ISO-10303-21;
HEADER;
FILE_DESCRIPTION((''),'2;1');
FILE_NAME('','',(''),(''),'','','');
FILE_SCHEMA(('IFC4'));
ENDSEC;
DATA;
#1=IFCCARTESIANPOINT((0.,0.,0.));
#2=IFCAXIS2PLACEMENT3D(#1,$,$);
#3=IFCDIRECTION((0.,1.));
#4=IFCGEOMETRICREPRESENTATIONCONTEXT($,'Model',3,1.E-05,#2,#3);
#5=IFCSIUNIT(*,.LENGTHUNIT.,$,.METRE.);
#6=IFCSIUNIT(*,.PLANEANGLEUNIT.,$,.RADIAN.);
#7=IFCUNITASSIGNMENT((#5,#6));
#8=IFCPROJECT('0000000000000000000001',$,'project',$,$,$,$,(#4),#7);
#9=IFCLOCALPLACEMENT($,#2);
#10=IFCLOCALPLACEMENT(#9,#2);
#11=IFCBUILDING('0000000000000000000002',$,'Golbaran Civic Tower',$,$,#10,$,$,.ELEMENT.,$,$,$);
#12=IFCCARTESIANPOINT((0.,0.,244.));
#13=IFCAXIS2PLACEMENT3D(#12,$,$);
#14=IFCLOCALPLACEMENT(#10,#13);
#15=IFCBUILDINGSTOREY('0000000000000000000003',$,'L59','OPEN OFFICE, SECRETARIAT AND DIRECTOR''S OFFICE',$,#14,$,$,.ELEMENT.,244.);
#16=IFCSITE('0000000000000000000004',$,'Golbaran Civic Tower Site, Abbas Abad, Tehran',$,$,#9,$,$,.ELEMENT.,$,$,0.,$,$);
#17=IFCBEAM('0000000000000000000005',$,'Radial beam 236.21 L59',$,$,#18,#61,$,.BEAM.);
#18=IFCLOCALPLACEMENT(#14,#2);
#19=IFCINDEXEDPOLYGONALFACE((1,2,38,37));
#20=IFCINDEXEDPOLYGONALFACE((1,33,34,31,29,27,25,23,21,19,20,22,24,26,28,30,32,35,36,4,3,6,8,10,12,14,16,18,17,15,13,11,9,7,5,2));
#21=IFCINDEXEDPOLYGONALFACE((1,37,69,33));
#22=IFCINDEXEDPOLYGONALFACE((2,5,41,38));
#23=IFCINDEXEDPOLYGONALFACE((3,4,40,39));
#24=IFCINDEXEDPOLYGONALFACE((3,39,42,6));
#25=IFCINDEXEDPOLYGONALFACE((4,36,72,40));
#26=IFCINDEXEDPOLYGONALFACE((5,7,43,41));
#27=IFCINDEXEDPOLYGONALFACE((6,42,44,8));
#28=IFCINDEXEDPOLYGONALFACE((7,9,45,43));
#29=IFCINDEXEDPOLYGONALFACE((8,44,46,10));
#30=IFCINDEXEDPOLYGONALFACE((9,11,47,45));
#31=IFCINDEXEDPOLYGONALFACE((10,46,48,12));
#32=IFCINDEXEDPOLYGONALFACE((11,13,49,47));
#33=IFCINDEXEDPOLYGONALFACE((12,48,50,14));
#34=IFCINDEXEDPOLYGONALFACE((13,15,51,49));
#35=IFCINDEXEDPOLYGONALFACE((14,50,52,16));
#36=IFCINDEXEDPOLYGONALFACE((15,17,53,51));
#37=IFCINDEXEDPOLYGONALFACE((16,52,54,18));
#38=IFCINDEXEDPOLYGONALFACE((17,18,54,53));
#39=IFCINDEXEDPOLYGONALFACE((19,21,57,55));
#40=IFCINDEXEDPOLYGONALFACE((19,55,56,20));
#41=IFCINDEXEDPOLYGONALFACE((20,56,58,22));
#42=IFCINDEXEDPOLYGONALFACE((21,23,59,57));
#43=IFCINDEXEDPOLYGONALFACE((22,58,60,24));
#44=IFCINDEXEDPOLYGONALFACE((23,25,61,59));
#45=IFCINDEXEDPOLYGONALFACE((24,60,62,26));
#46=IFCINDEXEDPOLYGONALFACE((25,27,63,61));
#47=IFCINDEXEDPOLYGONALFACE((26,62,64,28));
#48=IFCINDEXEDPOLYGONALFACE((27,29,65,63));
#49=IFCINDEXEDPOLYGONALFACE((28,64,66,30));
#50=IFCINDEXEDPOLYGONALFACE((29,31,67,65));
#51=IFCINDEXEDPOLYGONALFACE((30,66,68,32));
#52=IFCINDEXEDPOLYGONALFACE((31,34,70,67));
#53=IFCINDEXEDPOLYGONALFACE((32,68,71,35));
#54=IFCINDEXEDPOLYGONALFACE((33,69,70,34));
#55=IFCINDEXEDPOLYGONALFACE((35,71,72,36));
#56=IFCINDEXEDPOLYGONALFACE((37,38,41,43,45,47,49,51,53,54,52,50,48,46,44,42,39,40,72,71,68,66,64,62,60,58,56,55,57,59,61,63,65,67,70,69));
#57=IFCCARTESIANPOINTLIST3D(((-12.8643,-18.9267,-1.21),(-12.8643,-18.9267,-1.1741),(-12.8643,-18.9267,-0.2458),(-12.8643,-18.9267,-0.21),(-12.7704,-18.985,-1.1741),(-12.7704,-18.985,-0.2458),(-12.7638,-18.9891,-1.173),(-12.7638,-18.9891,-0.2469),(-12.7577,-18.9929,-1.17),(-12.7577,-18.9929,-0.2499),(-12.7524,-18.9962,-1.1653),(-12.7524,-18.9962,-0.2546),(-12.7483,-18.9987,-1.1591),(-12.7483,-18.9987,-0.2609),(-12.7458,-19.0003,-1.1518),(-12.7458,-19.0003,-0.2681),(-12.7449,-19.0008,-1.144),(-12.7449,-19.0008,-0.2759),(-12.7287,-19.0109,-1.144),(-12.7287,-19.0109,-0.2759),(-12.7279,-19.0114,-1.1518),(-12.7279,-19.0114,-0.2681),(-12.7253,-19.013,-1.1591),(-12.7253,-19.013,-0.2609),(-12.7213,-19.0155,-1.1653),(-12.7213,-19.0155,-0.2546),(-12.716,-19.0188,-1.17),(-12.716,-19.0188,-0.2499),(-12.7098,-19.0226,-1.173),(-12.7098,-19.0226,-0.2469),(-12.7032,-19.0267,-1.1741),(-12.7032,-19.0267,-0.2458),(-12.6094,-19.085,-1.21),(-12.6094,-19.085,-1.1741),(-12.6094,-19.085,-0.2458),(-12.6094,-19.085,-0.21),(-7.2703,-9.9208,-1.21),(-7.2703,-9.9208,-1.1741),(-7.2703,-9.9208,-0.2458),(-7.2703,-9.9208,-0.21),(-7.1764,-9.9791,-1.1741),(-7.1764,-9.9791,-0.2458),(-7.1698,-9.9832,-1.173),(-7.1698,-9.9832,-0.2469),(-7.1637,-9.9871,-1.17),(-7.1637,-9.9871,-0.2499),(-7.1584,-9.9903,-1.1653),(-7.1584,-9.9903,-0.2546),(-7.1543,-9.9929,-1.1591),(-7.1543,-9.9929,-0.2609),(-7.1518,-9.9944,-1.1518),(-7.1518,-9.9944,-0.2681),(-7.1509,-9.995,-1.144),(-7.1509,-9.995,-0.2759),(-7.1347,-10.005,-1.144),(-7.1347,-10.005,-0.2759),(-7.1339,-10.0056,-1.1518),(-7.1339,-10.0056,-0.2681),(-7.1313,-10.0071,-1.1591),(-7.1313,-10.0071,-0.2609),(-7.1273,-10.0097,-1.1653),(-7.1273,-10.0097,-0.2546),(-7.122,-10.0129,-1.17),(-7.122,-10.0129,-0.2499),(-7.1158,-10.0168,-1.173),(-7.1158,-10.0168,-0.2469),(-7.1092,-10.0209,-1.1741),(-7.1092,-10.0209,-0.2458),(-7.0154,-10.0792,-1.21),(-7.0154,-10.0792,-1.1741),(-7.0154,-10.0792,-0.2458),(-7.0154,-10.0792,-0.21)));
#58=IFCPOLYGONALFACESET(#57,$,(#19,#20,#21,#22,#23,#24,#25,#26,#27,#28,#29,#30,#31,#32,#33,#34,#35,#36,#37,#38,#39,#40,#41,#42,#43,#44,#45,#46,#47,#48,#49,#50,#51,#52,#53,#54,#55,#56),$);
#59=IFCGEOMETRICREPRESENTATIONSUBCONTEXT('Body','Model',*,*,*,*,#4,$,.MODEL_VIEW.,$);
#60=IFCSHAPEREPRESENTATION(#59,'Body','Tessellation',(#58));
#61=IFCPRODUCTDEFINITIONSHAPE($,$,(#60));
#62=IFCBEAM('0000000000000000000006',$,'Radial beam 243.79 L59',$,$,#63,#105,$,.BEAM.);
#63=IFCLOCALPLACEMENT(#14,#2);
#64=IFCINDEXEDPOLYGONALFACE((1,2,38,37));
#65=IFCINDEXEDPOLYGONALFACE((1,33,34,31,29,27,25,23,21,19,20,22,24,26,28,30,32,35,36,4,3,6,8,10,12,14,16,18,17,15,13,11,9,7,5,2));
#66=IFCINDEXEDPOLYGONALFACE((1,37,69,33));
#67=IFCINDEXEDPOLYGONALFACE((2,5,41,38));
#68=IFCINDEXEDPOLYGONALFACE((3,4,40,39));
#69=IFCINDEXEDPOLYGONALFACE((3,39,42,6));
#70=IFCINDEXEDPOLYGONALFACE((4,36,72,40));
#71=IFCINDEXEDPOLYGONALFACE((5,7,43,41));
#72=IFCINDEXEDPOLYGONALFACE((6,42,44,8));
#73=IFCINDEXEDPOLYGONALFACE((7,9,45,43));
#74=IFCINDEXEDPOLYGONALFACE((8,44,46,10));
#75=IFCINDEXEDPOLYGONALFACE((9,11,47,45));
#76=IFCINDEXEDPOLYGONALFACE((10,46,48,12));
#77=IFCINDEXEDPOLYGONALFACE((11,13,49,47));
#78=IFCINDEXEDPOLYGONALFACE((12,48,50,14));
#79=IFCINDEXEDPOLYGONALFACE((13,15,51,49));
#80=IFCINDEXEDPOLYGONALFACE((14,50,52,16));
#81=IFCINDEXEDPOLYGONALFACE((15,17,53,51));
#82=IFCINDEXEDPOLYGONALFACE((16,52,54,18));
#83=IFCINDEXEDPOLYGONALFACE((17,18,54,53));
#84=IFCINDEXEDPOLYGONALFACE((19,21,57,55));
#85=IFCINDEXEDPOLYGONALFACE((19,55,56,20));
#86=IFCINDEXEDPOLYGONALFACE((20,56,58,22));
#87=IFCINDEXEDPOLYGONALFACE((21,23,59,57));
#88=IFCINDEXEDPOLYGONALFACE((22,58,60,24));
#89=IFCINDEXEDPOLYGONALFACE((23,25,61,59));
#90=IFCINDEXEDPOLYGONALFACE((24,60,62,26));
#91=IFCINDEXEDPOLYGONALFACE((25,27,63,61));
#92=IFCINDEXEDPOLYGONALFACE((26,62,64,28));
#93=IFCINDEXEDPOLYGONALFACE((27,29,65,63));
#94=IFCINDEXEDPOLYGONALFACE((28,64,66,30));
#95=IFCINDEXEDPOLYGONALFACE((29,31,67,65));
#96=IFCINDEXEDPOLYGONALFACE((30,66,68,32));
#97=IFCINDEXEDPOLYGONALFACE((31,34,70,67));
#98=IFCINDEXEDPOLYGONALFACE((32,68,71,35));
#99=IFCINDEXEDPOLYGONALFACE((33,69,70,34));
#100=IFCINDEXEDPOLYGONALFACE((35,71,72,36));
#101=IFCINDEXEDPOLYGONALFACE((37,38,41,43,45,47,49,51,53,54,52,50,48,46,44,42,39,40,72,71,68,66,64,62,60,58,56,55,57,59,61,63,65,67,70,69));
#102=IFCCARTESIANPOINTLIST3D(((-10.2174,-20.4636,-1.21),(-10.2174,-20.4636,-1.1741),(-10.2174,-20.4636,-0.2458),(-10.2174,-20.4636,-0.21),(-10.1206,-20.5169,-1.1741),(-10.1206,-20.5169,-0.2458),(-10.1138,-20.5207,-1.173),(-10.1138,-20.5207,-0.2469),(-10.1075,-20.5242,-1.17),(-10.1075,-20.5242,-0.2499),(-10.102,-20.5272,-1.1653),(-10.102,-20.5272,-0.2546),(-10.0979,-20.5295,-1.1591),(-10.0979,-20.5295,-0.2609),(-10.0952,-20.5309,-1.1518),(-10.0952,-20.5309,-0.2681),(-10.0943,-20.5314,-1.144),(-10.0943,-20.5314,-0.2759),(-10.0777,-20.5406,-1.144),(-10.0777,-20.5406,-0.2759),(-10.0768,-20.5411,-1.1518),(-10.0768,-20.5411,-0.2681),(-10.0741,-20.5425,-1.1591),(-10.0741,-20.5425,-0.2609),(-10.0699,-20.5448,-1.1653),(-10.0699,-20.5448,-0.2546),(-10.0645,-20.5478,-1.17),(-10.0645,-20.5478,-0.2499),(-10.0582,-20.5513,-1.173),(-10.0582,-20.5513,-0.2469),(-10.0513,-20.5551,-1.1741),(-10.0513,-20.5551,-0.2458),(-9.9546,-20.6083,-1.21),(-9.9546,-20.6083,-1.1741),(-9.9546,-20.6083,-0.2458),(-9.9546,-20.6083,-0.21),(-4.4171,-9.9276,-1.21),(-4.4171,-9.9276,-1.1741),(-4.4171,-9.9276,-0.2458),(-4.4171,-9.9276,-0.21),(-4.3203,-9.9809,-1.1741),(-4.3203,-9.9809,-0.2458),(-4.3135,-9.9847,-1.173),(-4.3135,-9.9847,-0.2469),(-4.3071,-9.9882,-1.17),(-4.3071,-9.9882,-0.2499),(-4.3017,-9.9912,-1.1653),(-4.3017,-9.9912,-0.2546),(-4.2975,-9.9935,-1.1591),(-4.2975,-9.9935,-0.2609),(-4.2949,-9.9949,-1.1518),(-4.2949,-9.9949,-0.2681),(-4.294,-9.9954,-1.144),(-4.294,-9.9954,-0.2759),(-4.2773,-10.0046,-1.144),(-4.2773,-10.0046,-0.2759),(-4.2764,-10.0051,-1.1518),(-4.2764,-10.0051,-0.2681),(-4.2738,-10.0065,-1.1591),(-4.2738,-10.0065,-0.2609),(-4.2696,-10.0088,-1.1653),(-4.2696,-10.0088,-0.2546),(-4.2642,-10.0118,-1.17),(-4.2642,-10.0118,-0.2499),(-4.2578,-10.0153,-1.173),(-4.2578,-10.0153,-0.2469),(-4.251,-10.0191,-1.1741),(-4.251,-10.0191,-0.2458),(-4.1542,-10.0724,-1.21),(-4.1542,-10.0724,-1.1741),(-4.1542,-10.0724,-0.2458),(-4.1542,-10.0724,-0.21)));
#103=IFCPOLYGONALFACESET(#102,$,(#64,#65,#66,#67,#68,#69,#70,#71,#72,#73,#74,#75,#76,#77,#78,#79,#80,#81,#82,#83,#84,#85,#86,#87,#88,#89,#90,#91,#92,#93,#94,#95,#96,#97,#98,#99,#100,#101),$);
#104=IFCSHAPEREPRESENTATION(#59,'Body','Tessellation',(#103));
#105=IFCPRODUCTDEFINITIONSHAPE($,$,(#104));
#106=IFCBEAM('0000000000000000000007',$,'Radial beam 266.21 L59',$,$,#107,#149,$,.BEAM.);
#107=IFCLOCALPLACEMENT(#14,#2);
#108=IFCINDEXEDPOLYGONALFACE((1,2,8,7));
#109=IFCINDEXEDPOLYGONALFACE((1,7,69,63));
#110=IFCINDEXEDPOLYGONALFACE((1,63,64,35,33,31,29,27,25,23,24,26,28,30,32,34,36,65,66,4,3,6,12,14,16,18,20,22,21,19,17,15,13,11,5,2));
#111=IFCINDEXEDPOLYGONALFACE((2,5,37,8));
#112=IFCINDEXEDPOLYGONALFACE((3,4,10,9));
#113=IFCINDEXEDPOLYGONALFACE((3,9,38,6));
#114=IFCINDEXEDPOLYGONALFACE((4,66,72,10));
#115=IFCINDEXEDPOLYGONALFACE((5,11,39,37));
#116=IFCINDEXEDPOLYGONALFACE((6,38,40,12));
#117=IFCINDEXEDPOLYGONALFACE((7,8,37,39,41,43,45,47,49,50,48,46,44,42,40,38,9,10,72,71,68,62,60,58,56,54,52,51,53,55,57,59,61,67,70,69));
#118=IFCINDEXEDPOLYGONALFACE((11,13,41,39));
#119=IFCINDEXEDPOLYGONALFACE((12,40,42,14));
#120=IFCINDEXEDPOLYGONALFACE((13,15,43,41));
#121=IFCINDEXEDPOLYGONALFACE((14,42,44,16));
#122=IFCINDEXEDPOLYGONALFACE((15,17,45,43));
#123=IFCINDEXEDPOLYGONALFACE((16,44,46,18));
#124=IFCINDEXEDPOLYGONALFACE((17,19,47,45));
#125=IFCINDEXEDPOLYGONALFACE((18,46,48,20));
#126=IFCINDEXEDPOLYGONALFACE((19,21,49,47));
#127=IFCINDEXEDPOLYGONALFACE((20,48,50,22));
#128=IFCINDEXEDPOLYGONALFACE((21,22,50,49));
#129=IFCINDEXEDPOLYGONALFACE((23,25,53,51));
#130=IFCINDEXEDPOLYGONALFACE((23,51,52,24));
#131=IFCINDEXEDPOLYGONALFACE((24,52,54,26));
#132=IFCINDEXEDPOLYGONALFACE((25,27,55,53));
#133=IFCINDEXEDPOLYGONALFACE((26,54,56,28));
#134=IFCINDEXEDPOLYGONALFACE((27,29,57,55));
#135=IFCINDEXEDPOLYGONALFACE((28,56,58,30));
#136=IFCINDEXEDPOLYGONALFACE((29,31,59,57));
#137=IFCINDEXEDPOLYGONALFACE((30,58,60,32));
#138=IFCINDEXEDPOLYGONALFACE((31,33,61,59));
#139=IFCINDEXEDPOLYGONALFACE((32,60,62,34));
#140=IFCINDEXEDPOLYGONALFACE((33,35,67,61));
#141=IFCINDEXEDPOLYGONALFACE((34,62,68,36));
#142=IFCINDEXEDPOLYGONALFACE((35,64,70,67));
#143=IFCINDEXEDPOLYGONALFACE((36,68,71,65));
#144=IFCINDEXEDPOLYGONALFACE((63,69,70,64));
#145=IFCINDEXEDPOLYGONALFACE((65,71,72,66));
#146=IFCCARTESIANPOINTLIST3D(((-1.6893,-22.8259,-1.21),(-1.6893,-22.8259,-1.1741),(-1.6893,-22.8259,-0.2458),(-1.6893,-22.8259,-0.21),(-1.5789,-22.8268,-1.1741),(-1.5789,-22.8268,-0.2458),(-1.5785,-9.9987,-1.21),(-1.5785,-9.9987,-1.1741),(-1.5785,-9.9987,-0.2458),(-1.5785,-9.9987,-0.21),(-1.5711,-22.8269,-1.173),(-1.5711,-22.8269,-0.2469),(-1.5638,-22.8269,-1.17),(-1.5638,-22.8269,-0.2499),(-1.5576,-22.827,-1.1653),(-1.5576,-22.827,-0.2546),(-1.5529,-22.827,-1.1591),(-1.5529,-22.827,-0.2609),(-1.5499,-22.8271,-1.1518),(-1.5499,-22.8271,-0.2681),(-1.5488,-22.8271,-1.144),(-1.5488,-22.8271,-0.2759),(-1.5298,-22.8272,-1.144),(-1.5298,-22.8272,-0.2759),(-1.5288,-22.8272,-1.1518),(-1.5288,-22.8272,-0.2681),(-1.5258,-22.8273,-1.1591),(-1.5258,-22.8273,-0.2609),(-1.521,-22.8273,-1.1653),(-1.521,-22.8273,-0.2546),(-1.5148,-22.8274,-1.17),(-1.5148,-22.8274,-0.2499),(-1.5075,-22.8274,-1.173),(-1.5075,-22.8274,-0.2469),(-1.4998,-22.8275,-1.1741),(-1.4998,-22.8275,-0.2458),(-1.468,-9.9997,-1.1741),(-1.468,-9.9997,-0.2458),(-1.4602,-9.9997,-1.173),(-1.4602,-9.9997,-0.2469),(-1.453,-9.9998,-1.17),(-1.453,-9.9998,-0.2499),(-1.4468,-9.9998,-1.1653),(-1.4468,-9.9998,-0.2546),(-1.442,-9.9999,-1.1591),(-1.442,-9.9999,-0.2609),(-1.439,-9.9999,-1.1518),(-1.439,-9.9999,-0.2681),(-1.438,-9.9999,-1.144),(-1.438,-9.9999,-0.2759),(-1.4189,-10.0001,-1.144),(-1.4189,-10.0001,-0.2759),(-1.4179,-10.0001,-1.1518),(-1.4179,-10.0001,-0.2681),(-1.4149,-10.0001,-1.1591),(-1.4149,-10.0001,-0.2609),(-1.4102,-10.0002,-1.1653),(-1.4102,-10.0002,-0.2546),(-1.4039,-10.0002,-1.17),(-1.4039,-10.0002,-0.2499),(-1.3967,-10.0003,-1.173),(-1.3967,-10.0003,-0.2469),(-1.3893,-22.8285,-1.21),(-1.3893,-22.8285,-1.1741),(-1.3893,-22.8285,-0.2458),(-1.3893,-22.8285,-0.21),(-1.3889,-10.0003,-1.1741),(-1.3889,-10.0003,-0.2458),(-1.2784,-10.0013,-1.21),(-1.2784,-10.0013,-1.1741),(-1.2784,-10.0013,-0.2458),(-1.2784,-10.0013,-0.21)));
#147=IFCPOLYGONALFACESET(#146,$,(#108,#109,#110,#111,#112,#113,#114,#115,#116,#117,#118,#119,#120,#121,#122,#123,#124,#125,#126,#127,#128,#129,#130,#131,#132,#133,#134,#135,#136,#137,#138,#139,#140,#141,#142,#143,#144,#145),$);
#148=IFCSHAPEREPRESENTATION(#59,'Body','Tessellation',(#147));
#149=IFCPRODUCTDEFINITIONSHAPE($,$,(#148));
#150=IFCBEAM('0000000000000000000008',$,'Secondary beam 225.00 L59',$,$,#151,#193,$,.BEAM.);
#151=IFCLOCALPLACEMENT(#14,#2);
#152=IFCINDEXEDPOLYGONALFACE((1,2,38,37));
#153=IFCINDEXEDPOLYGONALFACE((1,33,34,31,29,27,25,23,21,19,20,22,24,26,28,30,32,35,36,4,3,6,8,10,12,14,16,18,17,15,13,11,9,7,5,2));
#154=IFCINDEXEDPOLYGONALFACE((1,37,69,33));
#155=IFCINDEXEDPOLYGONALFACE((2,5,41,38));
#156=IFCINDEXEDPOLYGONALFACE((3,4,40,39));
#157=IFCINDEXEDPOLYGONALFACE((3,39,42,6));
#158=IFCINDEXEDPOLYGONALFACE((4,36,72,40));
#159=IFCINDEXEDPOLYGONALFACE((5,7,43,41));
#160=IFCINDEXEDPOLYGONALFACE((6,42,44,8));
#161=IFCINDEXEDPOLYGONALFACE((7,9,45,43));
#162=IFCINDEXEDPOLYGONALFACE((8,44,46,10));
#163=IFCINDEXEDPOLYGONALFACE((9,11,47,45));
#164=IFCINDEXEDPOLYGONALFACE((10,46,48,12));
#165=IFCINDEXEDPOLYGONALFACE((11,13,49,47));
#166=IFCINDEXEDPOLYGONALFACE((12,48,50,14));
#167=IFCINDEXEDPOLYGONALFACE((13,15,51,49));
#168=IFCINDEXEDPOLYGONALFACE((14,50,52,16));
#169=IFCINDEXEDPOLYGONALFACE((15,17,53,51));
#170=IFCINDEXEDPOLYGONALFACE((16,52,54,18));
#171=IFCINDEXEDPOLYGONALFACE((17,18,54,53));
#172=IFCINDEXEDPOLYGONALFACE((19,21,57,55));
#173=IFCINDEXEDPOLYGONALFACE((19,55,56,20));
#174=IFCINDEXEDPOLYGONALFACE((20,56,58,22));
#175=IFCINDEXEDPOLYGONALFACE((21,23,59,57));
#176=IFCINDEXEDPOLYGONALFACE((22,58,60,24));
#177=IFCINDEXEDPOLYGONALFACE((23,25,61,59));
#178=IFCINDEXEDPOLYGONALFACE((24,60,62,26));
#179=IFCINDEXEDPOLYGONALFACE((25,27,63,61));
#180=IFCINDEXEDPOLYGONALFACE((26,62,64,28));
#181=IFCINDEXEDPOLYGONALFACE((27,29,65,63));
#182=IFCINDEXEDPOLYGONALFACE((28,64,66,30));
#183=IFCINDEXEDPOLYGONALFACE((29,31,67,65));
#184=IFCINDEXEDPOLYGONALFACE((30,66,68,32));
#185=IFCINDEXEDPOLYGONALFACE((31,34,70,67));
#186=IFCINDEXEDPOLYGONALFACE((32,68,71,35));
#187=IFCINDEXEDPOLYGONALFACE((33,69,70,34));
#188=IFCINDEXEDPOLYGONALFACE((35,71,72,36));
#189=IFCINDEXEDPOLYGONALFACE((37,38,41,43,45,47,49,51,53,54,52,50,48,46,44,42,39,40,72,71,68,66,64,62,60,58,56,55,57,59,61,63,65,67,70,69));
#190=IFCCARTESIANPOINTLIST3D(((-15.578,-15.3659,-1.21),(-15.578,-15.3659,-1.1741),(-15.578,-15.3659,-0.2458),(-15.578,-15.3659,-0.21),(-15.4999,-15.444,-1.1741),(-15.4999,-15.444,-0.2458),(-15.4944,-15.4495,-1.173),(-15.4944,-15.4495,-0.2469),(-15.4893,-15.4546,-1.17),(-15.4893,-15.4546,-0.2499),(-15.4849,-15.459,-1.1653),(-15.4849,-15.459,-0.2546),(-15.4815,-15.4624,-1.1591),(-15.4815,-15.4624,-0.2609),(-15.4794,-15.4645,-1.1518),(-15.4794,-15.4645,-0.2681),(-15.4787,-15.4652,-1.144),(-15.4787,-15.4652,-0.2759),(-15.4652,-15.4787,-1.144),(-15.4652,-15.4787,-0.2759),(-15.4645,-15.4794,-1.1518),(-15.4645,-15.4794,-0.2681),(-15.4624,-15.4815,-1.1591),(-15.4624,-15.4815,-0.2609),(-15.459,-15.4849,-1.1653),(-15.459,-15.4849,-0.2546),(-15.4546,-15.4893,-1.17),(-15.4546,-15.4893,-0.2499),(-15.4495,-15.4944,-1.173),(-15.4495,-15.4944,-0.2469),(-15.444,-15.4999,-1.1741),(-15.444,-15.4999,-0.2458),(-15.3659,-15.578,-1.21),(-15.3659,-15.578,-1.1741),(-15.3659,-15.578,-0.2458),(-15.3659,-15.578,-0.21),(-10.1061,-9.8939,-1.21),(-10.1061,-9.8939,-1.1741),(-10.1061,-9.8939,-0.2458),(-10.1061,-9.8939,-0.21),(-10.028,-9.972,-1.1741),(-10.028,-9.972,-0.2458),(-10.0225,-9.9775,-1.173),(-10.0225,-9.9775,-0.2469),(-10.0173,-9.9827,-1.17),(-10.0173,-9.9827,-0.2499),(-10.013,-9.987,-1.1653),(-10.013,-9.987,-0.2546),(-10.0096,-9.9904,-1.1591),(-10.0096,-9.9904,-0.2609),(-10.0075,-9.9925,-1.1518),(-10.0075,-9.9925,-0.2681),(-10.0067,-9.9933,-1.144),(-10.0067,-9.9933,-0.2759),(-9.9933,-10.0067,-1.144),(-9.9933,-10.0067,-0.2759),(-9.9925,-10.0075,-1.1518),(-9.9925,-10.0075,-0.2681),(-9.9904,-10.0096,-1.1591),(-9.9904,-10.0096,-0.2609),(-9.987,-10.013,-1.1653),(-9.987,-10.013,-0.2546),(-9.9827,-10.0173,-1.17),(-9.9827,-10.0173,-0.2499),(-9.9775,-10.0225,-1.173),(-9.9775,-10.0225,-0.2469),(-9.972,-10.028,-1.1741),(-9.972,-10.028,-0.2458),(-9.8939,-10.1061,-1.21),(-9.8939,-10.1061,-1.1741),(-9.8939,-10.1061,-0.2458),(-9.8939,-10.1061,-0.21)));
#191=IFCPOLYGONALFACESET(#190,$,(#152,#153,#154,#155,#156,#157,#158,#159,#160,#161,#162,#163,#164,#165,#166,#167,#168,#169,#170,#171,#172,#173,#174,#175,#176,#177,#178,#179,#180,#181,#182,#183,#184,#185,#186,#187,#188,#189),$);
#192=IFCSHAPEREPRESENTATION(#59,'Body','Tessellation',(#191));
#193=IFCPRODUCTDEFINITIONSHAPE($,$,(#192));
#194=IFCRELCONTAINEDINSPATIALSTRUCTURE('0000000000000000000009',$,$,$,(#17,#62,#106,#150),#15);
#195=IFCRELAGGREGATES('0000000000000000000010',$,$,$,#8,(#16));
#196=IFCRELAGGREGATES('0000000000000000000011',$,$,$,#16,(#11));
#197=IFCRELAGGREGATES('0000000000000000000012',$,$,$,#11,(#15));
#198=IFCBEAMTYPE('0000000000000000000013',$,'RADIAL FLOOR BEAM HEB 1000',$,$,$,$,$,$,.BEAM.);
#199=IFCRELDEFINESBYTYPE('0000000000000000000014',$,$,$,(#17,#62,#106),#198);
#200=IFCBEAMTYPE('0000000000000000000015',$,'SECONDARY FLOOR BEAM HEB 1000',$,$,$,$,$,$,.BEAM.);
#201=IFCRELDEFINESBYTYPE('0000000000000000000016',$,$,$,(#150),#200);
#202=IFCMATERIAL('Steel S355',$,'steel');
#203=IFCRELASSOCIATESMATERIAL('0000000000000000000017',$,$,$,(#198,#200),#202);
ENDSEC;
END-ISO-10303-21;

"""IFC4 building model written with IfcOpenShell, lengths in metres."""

from ifc_helpers import new_model, si_unit, direction, frame, origin, origin_2d, place, context, subcontext, project, spatial, i_section, extrude, material, material_profile, profile_set, type_object, element, save


model = new_model("IFC4")

# Units and contexts
model_context = context("Model", 3, precision=1e-05, world=origin(), true_north=direction((0.0, 1.0)))
body_context = subcontext(model_context, "Body", "Model", "MODEL_VIEW")
ifc_project = project(units=[si_unit("LENGTHUNIT", "METRE"), si_unit("PLANEANGLEUNIT", "RADIAN")], contexts=[model_context])

# Site, building, storey
site_placement = place(None, origin())
site = spatial("IfcSite", under=ifc_project, at=site_placement, Name="Golbaran Civic Tower Site, Abbas Abad, Tehran", CompositionType="ELEMENT", RefElevation=0.0)
building_placement = place(site_placement, origin())
building = spatial("IfcBuilding", under=site, at=building_placement, Name="Golbaran Civic Tower", CompositionType="ELEMENT")
storey_placement = place(building_placement, frame((0.0, 0.0, 244.0)))
storey = spatial("IfcBuildingStorey", under=building, at=storey_placement, Name="L59", Description="OPEN OFFICE, SECRETARIAT AND DIRECTOR'S OFFICE", CompositionType="ELEMENT", Elevation=244.0)

# Beams
ifc_material_1 = material(Name="Steel S355", Category="steel")
ifc_material_profile_1 = material_profile(ifc_material_1, i_section(OverallWidth=0.3, OverallDepth=1.0, WebThickness=0.019, FlangeThickness=0.0359, FilletRadius=0.03, at=origin_2d()), Name="HEB 1000")
ifc_profile_set_1 = profile_set([ifc_material_profile_1], Name="Steel S355")
beam_type_1 = type_object("IfcBeamType", Name="RADIAL FLOOR BEAM HEB 1000", PredefinedType="BEAM", material=ifc_profile_set_1)
beam_1_placement = place(storey_placement, frame((-7.1428, -10.0, -0.71), z_axis=(-0.527645, -0.849465, 0.0), x_axis=(0.849465, -0.527645, 0.0)))
element("IfcBeam", 1, at=beam_1_placement, inside=storey, type_object=beam_type_1, Name="Radial beam 236.21 L59", PredefinedType="BEAM", context=body_context, shape_type="SweptSolid", body=[
    extrude(i_section(OverallWidth=0.3, OverallDepth=1.0, WebThickness=0.019, FlangeThickness=0.0359, FilletRadius=0.03, at=origin_2d()), origin(), (0.0, 0.0, 1.0), 10.6018),
])
beam_2_placement = place(storey_placement, frame((-4.2856, -10.0, -0.71), z_axis=(-0.482273, -0.876021, 0.0), x_axis=(0.876021, -0.482273, 0.0)))
element("IfcBeam", 2, at=beam_2_placement, inside=storey, type_object=beam_type_1, Name="Radial beam 243.79 L59", PredefinedType="BEAM", context=body_context, shape_type="SweptSolid", body=[
    extrude(i_section(OverallWidth=0.3, OverallDepth=1.0, WebThickness=0.019, FlangeThickness=0.0359, FilletRadius=0.03, at=origin_2d()), origin(), (0.0, 0.0, 1.0), 12.0271),
])
beam_3_placement = place(storey_placement, frame((-1.4285, -10.0, -0.71), z_axis=(-0.008641, -0.999963, 0.0), x_axis=(0.999963, -0.008641, 0.0)))
element("IfcBeam", 3, at=beam_3_placement, inside=storey, type_object=beam_type_1, Name="Radial beam 266.21 L59", PredefinedType="BEAM", context=body_context, shape_type="SweptSolid", body=[
    extrude(i_section(OverallWidth=0.3, OverallDepth=1.0, WebThickness=0.019, FlangeThickness=0.0359, FilletRadius=0.03, at=origin_2d()), origin(), (0.0, 0.0, 1.0), 12.8276),
])
ifc_material_profile_2 = material_profile(ifc_material_1, i_section(OverallWidth=0.3, OverallDepth=1.0, WebThickness=0.019, FlangeThickness=0.0359, FilletRadius=0.03, at=origin_2d()), Name="HEB 1000")
ifc_profile_set_2 = profile_set([ifc_material_profile_2], Name="Steel S355")
beam_type_2 = type_object("IfcBeamType", Name="SECONDARY FLOOR BEAM HEB 1000", PredefinedType="BEAM", material=ifc_profile_set_2)
beam_4_placement = place(storey_placement, frame((-10.0, -10.0, -0.71), z_axis=(-0.707107, -0.707107, 0.0), x_axis=(0.707107, -0.707107, 0.0)))
element("IfcBeam", 4, at=beam_4_placement, inside=storey, type_object=beam_type_2, Name="Secondary beam 225.00 L59", PredefinedType="BEAM", context=body_context, shape_type="SweptSolid", body=[
    extrude(i_section(OverallWidth=0.3, OverallDepth=1.0, WebThickness=0.019, FlangeThickness=0.0359, FilletRadius=0.03, at=origin_2d()), origin(), (0.0, 0.0, 1.0), 7.7385),
])

save(model, "model.ifc")
